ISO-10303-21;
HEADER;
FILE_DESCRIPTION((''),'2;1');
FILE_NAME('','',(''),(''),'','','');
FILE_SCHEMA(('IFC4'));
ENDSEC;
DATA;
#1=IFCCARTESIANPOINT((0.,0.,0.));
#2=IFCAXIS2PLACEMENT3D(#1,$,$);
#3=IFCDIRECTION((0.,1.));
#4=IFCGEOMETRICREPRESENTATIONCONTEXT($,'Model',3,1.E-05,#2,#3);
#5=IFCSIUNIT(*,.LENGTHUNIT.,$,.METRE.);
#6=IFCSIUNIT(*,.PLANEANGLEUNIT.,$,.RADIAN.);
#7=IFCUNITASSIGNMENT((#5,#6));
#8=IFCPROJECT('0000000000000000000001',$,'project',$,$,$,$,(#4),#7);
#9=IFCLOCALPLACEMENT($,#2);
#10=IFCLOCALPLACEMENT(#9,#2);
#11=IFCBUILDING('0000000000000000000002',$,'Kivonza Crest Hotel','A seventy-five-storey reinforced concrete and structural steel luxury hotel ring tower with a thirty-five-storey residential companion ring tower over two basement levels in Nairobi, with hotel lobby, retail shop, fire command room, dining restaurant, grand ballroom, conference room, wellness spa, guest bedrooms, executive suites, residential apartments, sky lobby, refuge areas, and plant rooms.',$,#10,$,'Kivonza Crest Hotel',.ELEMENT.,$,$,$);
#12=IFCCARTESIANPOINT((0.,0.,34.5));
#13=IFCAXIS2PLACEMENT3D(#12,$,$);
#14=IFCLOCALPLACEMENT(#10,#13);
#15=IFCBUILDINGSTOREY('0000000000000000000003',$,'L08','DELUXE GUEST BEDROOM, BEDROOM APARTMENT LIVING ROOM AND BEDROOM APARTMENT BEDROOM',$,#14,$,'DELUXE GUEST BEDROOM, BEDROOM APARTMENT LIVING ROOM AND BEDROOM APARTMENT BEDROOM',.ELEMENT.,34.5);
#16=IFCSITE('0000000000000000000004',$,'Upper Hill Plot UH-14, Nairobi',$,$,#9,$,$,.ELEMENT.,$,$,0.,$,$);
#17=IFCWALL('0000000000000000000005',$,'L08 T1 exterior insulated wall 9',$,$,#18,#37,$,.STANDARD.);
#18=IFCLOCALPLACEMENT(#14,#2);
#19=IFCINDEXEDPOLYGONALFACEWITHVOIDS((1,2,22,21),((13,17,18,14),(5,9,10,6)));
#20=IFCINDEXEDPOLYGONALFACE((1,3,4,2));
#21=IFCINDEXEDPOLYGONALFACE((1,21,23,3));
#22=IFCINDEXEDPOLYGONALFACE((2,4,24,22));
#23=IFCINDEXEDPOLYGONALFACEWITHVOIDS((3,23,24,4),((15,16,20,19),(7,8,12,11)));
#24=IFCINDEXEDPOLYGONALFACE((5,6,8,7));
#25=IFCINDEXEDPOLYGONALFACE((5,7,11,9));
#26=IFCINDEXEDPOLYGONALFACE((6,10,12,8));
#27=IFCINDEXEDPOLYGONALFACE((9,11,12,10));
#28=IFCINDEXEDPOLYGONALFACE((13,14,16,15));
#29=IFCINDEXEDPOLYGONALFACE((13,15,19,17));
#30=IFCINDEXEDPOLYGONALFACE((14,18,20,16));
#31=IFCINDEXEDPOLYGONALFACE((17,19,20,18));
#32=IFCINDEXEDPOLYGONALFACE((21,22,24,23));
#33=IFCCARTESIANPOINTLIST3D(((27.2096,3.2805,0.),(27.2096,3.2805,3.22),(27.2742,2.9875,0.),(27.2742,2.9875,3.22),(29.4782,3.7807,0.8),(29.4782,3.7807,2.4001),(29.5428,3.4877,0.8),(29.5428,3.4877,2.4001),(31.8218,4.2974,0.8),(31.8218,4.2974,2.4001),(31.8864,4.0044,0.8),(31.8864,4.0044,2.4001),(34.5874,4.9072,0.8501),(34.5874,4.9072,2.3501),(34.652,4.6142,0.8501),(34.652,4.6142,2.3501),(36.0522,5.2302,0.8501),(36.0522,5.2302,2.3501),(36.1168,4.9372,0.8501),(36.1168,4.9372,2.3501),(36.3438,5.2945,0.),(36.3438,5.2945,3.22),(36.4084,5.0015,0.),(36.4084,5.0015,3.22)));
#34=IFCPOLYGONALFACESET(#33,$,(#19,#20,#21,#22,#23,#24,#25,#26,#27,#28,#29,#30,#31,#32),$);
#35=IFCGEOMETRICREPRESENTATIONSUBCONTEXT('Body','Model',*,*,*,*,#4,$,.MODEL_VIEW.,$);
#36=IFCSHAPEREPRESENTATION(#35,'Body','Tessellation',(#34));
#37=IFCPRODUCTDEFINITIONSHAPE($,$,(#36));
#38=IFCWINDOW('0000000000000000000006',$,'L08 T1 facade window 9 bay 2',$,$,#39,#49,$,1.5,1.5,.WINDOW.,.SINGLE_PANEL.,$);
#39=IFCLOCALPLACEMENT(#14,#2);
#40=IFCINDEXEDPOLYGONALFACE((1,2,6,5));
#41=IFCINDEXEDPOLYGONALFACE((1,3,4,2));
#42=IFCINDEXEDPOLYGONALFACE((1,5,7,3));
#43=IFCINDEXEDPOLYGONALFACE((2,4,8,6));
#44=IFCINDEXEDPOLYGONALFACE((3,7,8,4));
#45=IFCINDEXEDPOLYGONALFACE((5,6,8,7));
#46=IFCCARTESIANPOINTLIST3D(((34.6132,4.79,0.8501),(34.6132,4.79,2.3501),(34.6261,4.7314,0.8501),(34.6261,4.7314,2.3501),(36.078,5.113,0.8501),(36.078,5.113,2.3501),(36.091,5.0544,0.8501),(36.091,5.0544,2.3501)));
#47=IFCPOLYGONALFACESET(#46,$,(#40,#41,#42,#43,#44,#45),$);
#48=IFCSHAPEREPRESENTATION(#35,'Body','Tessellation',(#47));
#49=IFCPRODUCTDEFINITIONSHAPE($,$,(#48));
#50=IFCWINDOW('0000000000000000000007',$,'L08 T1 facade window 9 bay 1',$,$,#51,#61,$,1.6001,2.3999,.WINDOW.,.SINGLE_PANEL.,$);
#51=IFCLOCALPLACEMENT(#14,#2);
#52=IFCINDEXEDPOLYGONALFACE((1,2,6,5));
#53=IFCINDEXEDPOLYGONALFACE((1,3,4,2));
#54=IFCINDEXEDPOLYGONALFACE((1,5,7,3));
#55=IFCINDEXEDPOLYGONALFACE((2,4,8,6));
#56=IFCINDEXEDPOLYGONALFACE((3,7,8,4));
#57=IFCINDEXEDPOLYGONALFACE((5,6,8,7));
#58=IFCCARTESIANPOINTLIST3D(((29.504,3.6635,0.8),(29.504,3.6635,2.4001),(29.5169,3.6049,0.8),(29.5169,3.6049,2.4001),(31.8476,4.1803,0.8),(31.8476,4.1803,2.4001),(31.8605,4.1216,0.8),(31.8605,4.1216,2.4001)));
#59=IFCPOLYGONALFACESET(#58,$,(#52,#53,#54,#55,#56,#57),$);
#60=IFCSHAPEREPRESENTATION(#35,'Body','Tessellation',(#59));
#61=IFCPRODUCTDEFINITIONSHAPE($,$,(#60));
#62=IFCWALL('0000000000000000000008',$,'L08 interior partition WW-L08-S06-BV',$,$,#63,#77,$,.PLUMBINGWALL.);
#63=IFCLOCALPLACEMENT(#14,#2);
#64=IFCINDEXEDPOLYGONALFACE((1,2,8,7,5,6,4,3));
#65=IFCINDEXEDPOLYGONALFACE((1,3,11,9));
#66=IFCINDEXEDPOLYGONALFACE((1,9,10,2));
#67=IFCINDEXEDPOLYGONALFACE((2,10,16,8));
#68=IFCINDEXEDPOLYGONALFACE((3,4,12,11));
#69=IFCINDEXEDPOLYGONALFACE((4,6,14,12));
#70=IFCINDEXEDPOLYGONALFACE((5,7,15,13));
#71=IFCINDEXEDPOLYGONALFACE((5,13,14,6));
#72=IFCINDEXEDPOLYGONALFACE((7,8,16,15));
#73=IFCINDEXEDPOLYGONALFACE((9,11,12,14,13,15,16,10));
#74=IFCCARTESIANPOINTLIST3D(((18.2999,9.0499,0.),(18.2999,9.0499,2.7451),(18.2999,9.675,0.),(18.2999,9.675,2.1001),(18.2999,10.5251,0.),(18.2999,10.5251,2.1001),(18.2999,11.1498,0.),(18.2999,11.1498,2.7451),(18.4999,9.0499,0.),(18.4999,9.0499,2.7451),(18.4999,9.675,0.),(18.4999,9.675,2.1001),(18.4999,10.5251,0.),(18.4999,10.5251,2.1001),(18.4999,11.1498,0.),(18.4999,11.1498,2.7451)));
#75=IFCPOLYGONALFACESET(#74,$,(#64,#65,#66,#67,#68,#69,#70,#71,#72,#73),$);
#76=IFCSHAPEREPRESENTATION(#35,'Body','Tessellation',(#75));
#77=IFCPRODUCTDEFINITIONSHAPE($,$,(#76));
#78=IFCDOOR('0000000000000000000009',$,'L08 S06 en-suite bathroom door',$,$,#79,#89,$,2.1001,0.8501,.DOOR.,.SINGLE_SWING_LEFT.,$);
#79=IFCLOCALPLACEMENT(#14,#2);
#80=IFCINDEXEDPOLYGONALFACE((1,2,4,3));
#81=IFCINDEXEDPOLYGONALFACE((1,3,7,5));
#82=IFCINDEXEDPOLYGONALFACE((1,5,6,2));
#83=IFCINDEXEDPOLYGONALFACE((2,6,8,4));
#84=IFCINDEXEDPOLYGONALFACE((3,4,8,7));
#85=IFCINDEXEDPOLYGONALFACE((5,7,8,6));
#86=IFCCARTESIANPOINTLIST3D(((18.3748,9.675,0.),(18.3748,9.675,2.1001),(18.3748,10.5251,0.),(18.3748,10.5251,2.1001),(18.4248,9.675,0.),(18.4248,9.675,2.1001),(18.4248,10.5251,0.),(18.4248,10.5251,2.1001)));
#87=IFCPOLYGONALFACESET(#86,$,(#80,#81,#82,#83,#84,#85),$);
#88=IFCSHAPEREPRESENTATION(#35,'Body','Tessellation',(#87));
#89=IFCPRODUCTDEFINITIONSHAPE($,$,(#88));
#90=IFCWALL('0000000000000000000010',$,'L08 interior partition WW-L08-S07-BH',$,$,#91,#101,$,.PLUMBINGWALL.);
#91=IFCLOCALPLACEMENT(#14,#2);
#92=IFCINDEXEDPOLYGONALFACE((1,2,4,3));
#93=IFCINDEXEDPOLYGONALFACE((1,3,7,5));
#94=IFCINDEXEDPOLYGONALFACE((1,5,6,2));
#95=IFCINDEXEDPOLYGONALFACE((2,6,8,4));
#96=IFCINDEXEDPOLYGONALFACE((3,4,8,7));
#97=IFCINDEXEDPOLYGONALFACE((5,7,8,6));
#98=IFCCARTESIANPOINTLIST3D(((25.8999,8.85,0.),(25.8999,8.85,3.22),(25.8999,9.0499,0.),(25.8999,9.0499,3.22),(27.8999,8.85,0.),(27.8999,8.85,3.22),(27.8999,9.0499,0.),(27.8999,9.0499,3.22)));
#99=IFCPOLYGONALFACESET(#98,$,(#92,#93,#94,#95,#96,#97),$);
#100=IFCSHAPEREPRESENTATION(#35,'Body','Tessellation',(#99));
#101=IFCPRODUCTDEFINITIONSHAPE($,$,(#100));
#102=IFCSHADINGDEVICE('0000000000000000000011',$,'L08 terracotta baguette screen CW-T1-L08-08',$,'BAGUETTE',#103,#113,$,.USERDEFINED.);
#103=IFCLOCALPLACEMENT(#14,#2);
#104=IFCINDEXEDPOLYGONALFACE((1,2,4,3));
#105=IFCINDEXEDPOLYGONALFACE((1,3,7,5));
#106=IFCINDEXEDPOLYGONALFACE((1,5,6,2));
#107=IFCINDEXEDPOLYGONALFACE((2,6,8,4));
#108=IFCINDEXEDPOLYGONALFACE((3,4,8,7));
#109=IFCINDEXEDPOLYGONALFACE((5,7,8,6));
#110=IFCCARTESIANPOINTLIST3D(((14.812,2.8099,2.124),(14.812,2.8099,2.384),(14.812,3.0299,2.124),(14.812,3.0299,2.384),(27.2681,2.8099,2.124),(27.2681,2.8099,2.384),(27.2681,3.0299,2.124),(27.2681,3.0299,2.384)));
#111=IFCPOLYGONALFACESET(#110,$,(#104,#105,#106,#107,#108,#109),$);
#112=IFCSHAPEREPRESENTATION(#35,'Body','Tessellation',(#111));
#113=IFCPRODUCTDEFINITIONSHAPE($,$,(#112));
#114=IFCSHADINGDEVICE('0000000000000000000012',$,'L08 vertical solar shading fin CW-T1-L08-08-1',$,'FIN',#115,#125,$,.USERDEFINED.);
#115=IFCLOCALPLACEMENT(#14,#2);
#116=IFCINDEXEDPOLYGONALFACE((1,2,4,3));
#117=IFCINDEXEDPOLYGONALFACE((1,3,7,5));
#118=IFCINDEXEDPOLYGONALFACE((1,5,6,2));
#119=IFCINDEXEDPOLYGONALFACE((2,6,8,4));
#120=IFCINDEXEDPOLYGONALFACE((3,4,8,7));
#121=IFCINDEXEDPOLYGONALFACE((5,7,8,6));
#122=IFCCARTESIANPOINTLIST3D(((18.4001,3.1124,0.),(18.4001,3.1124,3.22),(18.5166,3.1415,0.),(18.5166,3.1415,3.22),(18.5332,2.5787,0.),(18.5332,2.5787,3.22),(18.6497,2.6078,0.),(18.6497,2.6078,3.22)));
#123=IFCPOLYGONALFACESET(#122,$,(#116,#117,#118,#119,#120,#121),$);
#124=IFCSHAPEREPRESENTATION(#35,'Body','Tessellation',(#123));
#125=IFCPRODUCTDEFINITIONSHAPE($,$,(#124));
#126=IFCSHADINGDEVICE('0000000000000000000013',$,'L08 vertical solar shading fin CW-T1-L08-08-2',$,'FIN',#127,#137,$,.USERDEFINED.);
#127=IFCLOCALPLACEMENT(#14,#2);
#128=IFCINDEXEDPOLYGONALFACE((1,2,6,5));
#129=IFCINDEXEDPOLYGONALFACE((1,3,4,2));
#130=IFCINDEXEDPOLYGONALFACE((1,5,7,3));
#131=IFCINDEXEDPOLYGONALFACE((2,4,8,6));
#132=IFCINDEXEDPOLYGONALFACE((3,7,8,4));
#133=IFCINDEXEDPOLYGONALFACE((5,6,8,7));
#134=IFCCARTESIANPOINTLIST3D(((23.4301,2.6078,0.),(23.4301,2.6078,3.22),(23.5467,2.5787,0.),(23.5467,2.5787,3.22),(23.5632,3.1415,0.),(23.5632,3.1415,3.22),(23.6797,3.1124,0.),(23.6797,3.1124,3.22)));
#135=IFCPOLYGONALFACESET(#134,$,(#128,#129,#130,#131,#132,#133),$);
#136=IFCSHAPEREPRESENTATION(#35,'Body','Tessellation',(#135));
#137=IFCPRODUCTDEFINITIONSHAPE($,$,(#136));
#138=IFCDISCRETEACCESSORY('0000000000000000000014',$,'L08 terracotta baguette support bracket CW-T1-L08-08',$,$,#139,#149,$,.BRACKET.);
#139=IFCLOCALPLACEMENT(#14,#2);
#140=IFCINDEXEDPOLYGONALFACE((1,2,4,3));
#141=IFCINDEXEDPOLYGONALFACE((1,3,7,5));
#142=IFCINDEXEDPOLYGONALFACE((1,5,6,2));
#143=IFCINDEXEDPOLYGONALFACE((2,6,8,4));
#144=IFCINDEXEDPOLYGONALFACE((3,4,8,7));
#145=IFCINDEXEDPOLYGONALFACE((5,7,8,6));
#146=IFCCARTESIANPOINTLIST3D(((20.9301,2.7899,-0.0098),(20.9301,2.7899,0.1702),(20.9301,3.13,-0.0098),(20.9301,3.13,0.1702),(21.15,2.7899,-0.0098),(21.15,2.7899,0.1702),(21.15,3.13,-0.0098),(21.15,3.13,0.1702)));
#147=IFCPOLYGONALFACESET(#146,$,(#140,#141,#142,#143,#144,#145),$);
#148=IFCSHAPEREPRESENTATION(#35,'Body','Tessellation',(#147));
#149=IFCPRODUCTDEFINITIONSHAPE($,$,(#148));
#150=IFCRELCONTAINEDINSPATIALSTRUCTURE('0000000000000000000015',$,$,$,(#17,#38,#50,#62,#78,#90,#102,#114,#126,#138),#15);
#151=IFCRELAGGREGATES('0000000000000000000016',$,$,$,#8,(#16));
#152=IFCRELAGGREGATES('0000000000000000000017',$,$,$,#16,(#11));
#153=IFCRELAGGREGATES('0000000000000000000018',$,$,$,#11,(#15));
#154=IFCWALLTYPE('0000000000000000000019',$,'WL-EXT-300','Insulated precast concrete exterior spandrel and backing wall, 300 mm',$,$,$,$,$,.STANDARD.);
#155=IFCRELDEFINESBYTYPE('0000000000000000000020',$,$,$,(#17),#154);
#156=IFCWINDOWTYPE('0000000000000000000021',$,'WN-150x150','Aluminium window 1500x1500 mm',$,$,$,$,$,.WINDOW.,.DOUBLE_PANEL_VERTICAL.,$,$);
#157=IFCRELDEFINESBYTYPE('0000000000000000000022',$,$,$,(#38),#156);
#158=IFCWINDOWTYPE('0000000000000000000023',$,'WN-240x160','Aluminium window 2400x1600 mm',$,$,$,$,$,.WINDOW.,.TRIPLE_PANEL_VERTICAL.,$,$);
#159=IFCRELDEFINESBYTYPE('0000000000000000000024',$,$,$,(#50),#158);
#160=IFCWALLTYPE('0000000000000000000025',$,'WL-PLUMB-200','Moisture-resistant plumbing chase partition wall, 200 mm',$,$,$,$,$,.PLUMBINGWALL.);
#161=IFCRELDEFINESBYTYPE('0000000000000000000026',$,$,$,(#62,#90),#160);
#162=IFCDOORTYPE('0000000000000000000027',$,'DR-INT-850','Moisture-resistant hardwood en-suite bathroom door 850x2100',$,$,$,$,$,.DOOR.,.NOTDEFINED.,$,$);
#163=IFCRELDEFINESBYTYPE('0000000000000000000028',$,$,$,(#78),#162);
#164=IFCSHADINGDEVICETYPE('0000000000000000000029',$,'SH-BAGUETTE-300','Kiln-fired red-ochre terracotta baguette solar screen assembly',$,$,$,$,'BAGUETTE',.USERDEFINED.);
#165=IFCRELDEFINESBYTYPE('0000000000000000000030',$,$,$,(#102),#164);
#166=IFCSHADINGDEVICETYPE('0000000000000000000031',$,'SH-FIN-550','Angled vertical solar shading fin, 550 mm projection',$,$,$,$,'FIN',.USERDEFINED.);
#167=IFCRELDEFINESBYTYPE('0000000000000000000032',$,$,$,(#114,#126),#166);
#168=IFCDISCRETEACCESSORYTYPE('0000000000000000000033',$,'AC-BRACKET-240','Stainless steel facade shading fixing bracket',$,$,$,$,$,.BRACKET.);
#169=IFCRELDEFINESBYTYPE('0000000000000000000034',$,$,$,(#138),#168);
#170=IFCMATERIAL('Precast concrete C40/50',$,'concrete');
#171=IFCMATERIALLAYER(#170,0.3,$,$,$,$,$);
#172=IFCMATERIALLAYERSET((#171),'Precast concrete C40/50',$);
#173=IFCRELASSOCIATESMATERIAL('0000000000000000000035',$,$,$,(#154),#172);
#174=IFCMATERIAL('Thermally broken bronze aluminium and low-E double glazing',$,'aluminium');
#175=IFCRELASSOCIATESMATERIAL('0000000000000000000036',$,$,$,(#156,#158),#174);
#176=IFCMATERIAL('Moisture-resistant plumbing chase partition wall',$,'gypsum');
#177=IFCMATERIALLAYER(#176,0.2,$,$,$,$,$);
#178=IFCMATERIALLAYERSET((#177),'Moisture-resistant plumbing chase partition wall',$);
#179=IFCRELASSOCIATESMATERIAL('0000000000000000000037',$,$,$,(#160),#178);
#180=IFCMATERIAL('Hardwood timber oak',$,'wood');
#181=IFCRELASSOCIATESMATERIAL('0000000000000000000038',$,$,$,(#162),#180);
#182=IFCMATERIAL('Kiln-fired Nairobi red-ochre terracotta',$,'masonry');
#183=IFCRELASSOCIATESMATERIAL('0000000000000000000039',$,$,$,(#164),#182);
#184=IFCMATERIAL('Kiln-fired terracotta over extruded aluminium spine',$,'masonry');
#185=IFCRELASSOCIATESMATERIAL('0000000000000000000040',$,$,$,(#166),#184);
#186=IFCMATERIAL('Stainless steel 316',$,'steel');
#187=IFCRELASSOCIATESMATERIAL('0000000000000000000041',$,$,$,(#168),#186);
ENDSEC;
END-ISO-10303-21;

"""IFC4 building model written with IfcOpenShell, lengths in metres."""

from ifc_helpers import new_model, si_unit, direction, frame, frame_2d, origin, origin_2d, place, context, subcontext, project, spatial, rectangle, extrude, material, layer, layer_set, type_object, element, fill, save


model = new_model("IFC4")

# Units and contexts
model_context = context("Model", 3, precision=1e-05, world=origin(), true_north=direction((0.0, 1.0)))
body_context = subcontext(model_context, "Body", "Model", "MODEL_VIEW")
ifc_project = project(units=[si_unit("LENGTHUNIT", "METRE"), si_unit("PLANEANGLEUNIT", "RADIAN")], contexts=[model_context])

# Site, building, storey
site_placement = place(None, origin())
site = spatial("IfcSite", under=ifc_project, at=site_placement, Name="Upper Hill Plot UH-14, Nairobi", CompositionType="ELEMENT", RefElevation=0.0)
building_placement = place(site_placement, origin())
building = spatial("IfcBuilding", under=site, at=building_placement, Name="Kivonza Crest Hotel", Description="A seventy-five-storey reinforced concrete and structural steel luxury hotel ring tower with a thirty-five-storey residential companion ring tower over two basement levels in Nairobi, with hotel lobby, retail shop, fire command room, dining restaurant, grand ballroom, conference room, wellness spa, guest bedrooms, executive suites, residential apartments, sky lobby, refuge areas, and plant rooms.", LongName="Kivonza Crest Hotel", CompositionType="ELEMENT")
storey_placement = place(building_placement, frame((0.0, 0.0, 34.5)))
storey = spatial("IfcBuildingStorey", under=building, at=storey_placement, Name="L08", Description="DELUXE GUEST BEDROOM, BEDROOM APARTMENT LIVING ROOM AND BEDROOM APARTMENT BEDROOM", LongName="DELUXE GUEST BEDROOM, BEDROOM APARTMENT LIVING ROOM AND BEDROOM APARTMENT BEDROOM", CompositionType="ELEMENT", Elevation=34.5)

# Wall, openings, windows
ifc_material_1 = material(Name="Precast concrete C40/50", Category="concrete")
ifc_layer_1 = layer(ifc_material_1, 0.3)
ifc_layer_set_1 = layer_set([ifc_layer_1], Name="Precast concrete C40/50")
wall_type_1 = type_object("IfcWallType", Name="WL-EXT-300", Description="Insulated precast concrete exterior spandrel and backing wall, 300 mm", PredefinedType="STANDARD", material=ifc_layer_set_1)
wall_1_placement = place(storey_placement, frame((27.2419, 3.134, 0.0), z_axis=(0.0, 0.0, 1.0), x_axis=(0.976545, 0.215313, 0.0)))
wall_1 = element("IfcWall", 1, at=wall_1_placement, inside=storey, type_object=wall_type_1, Name="L08 T1 exterior insulated wall 9", PredefinedType="STANDARD", context=body_context, shape_type="SweptSolid", body=[
    extrude(rectangle(XDim=9.3535, YDim=0.3, at=frame_2d((4.6768, 0.0))), origin(), (0.0, 0.0, 1.0), 3.22),
])
opening_1_placement = place(wall_1_placement, frame((2.323, 0.0, 0.8)))
opening_1 = element("IfcOpeningElement", 2, at=opening_1_placement, cuts=wall_1, PredefinedType="OPENING", context=body_context, shape_type="SweptSolid", body=[
    extrude(rectangle(XDim=2.3999, YDim=1.6001, at=frame_2d((1.2, 0.8))), frame((0.0, 0.1602, 0.0), z_axis=(0.0, -1.0, 0.0), x_axis=(1.0, 0.0, 0.0)), (0.0, 0.0, 1.0), 0.3201),
])
opening_2_placement = place(wall_1_placement, frame((7.5549, 0.0, 0.8501)))
opening_2 = element("IfcOpeningElement", 3, at=opening_2_placement, cuts=wall_1, PredefinedType="OPENING", context=body_context, shape_type="SweptSolid", body=[
    extrude(rectangle(XDim=1.5, YDim=1.5, at=frame_2d((0.75, 0.75))), frame((0.0, 0.1602, 0.0), z_axis=(0.0, -1.0, 0.0), x_axis=(1.0, 0.0, 0.0)), (0.0, 0.0, 1.0), 0.3201),
])
ifc_material_2 = material(Name="Thermally broken bronze aluminium and low-E double glazing", Category="aluminium")
window_type_1 = type_object("IfcWindowType", Name="WN-150x150", Description="Aluminium window 1500x1500 mm", PartitioningType="DOUBLE_PANEL_VERTICAL", PredefinedType="WINDOW", material=ifc_material_2)
window_1_placement = place(opening_2_placement, origin())
window_1 = element("IfcWindow", 4, at=window_1_placement, inside=storey, type_object=window_type_1, Name="L08 T1 facade window 9 bay 2", OverallHeight=1.5, OverallWidth=1.5, PartitioningType="SINGLE_PANEL", PredefinedType="WINDOW", context=body_context, shape_type="SweptSolid", body=[
    extrude(rectangle(XDim=1.5, YDim=1.5, at=frame_2d((0.75, 0.75))), frame((0.0, 0.03, 0.0), z_axis=(0.0, -1.0, 0.0), x_axis=(1.0, 0.0, 0.0)), (0.0, 0.0, 1.0), 0.0601),
])
fill(opening_2, window_1)
window_type_2 = type_object("IfcWindowType", Name="WN-240x160", Description="Aluminium window 2400x1600 mm", PartitioningType="TRIPLE_PANEL_VERTICAL", PredefinedType="WINDOW", material=ifc_material_2)
window_2_placement = place(opening_1_placement, origin())
window_2 = element("IfcWindow", 5, at=window_2_placement, inside=storey, type_object=window_type_2, Name="L08 T1 facade window 9 bay 1", OverallHeight=1.6001, OverallWidth=2.3999, PartitioningType="SINGLE_PANEL", PredefinedType="WINDOW", context=body_context, shape_type="SweptSolid", body=[
    extrude(rectangle(XDim=2.3999, YDim=1.6001, at=frame_2d((1.2, 0.8))), frame((0.0, 0.03, 0.0), z_axis=(0.0, -1.0, 0.0), x_axis=(1.0, 0.0, 0.0)), (0.0, 0.0, 1.0), 0.0601),
])
fill(opening_1, window_2)

# Wall, opening, door
ifc_material_3 = material(Name="Moisture-resistant plumbing chase partition wall", Category="gypsum")
ifc_layer_2 = layer(ifc_material_3, 0.2)
ifc_layer_set_2 = layer_set([ifc_layer_2], Name="Moisture-resistant plumbing chase partition wall")
wall_type_2 = type_object("IfcWallType", Name="WL-PLUMB-200", Description="Moisture-resistant plumbing chase partition wall, 200 mm", PredefinedType="PLUMBINGWALL", material=ifc_layer_set_2)
wall_2_placement = place(storey_placement, frame((18.3999, 9.05, 0.0), z_axis=(0.0, 0.0, 1.0), x_axis=(0.0, 1.0, 0.0)))
wall_2 = element("IfcWall", 6, at=wall_2_placement, inside=storey, type_object=wall_type_2, Name="L08 interior partition WW-L08-S06-BV", PredefinedType="PLUMBINGWALL", context=body_context, shape_type="SweptSolid", body=[
    extrude(rectangle(XDim=2.0999, YDim=0.2, at=frame_2d((1.0498, 0.0))), origin(), (0.0, 0.0, 1.0), 2.7451),
])
opening_3_placement = place(wall_2_placement, frame((0.625, 0.0, 0.0)))
opening_3 = element("IfcOpeningElement", 7, at=opening_3_placement, cuts=wall_2, PredefinedType="OPENING", context=body_context, shape_type="SweptSolid", body=[
    extrude(rectangle(XDim=0.8501, YDim=2.1001, at=frame_2d((0.425, 1.05))), frame((0.0, 0.1099, 0.0), z_axis=(0.0, -1.0, 0.0), x_axis=(1.0, 0.0, 0.0)), (0.0, 0.0, 1.0), 0.22),
])
ifc_material_4 = material(Name="Hardwood timber oak", Category="wood")
door_type = type_object("IfcDoorType", Name="DR-INT-850", Description="Moisture-resistant hardwood en-suite bathroom door 850x2100", OperationType="NOTDEFINED", PredefinedType="DOOR", material=ifc_material_4)
door_placement = place(opening_3_placement, frame((0.8501, 0.0, 0.0), z_axis=(0.0, 0.0, 1.0), x_axis=(-1.0, 0.0, 0.0)))
door = element("IfcDoor", 8, at=door_placement, inside=storey, type_object=door_type, Name="L08 S06 en-suite bathroom door", OperationType="SINGLE_SWING_LEFT", OverallHeight=2.1001, OverallWidth=0.8501, PredefinedType="DOOR", context=body_context, shape_type="SweptSolid", body=[
    extrude(rectangle(XDim=0.8501, YDim=2.1001, at=frame_2d((0.425, 1.05))), frame((0.0, 0.0249, 0.0), z_axis=(0.0, -1.0, 0.0), x_axis=(1.0, 0.0, 0.0)), (0.0, 0.0, 1.0), 0.05),
])
fill(opening_3, door)

# Wall
wall_3_placement = place(storey_placement, frame((25.8999, 8.95, 0.0), z_axis=(0.0, 0.0, 1.0), x_axis=(1.0, 0.0, 0.0)))
element("IfcWall", 9, at=wall_3_placement, inside=storey, type_object=wall_type_2, Name="L08 interior partition WW-L08-S07-BH", PredefinedType="PLUMBINGWALL", context=body_context, shape_type="SweptSolid", body=[
    extrude(rectangle(XDim=2.0, YDim=0.2, at=frame_2d((1.0, 0.0))), origin(), (0.0, 0.0, 1.0), 3.22),
])

# Shading devices
ifc_material_5 = material(Name="Kiln-fired Nairobi red-ochre terracotta", Category="masonry")
shading_device_type_1 = type_object("IfcShadingDeviceType", Name="SH-BAGUETTE-300", Description="Kiln-fired red-ochre terracotta baguette solar screen assembly", ElementType="BAGUETTE", PredefinedType="USERDEFINED", material=ifc_material_5)
shading_device_placement = place(storey_placement, frame((21.04, 2.9199, 2.124), z_axis=(0.0, 0.0, 1.0), x_axis=(1.0, 0.0, 0.0)))
element("IfcShadingDevice", 10, at=shading_device_placement, inside=storey, type_object=shading_device_type_1, Name="L08 terracotta baguette screen CW-T1-L08-08", ObjectType="BAGUETTE", PredefinedType="USERDEFINED", context=body_context, shape_type="SweptSolid", body=[
    extrude(rectangle(XDim=12.4561, YDim=0.22, at=origin_2d()), origin(), (0.0, 0.0, 1.0), 0.26),
])
ifc_material_6 = material(Name="Kiln-fired terracotta over extruded aluminium spine", Category="masonry")
shading_device_type_2 = type_object("IfcShadingDeviceType", Name="SH-FIN-550", Description="Angled vertical solar shading fin, 550 mm projection", ElementType="FIN", PredefinedType="USERDEFINED", material=ifc_material_6)
for number, where, z_axis, x_axis, name in (
    (11, (18.5249, 2.8601, 0.0), (0.0, 0.0, 1.0), (0.970296, 0.241922, 0.0), "L08 vertical solar shading fin CW-T1-L08-08-1"),
    (12, (23.5549, 2.8601, 0.0), (0.0, 0.0, 1.0), (0.970296, -0.241922, 0.0), "L08 vertical solar shading fin CW-T1-L08-08-2"),
):
    element("IfcShadingDevice", number, at=place(storey_placement, frame(where, z_axis=z_axis, x_axis=x_axis)), inside=storey, type_object=shading_device_type_2, Name=name, ObjectType="FIN", PredefinedType="USERDEFINED", context=body_context, shape_type="SweptSolid", body=[
        extrude(rectangle(XDim=0.1201, YDim=0.55, at=origin_2d()), origin(), (0.0, 0.0, 1.0), 3.22),
    ])

# Discrete accessory
ifc_material_7 = material(Name="Stainless steel 316", Category="steel")
discrete_accessory_type = type_object("IfcDiscreteAccessoryType", Name="AC-BRACKET-240", Description="Stainless steel facade shading fixing bracket", PredefinedType="BRACKET", material=ifc_material_7)
discrete_accessory_placement = place(storey_placement, frame((21.04, 2.96, -0.0098), z_axis=(0.0, 0.0, 1.0), x_axis=(1.0, 0.0, 0.0)))
element("IfcDiscreteAccessory", 13, at=discrete_accessory_placement, inside=storey, type_object=discrete_accessory_type, Name="L08 terracotta baguette support bracket CW-T1-L08-08", PredefinedType="BRACKET", context=body_context, shape_type="SweptSolid", body=[
    extrude(rectangle(XDim=0.22, YDim=0.3401, at=origin_2d()), origin(), (0.0, 0.0, 1.0), 0.1799),
])

save(model, "model.ifc")
